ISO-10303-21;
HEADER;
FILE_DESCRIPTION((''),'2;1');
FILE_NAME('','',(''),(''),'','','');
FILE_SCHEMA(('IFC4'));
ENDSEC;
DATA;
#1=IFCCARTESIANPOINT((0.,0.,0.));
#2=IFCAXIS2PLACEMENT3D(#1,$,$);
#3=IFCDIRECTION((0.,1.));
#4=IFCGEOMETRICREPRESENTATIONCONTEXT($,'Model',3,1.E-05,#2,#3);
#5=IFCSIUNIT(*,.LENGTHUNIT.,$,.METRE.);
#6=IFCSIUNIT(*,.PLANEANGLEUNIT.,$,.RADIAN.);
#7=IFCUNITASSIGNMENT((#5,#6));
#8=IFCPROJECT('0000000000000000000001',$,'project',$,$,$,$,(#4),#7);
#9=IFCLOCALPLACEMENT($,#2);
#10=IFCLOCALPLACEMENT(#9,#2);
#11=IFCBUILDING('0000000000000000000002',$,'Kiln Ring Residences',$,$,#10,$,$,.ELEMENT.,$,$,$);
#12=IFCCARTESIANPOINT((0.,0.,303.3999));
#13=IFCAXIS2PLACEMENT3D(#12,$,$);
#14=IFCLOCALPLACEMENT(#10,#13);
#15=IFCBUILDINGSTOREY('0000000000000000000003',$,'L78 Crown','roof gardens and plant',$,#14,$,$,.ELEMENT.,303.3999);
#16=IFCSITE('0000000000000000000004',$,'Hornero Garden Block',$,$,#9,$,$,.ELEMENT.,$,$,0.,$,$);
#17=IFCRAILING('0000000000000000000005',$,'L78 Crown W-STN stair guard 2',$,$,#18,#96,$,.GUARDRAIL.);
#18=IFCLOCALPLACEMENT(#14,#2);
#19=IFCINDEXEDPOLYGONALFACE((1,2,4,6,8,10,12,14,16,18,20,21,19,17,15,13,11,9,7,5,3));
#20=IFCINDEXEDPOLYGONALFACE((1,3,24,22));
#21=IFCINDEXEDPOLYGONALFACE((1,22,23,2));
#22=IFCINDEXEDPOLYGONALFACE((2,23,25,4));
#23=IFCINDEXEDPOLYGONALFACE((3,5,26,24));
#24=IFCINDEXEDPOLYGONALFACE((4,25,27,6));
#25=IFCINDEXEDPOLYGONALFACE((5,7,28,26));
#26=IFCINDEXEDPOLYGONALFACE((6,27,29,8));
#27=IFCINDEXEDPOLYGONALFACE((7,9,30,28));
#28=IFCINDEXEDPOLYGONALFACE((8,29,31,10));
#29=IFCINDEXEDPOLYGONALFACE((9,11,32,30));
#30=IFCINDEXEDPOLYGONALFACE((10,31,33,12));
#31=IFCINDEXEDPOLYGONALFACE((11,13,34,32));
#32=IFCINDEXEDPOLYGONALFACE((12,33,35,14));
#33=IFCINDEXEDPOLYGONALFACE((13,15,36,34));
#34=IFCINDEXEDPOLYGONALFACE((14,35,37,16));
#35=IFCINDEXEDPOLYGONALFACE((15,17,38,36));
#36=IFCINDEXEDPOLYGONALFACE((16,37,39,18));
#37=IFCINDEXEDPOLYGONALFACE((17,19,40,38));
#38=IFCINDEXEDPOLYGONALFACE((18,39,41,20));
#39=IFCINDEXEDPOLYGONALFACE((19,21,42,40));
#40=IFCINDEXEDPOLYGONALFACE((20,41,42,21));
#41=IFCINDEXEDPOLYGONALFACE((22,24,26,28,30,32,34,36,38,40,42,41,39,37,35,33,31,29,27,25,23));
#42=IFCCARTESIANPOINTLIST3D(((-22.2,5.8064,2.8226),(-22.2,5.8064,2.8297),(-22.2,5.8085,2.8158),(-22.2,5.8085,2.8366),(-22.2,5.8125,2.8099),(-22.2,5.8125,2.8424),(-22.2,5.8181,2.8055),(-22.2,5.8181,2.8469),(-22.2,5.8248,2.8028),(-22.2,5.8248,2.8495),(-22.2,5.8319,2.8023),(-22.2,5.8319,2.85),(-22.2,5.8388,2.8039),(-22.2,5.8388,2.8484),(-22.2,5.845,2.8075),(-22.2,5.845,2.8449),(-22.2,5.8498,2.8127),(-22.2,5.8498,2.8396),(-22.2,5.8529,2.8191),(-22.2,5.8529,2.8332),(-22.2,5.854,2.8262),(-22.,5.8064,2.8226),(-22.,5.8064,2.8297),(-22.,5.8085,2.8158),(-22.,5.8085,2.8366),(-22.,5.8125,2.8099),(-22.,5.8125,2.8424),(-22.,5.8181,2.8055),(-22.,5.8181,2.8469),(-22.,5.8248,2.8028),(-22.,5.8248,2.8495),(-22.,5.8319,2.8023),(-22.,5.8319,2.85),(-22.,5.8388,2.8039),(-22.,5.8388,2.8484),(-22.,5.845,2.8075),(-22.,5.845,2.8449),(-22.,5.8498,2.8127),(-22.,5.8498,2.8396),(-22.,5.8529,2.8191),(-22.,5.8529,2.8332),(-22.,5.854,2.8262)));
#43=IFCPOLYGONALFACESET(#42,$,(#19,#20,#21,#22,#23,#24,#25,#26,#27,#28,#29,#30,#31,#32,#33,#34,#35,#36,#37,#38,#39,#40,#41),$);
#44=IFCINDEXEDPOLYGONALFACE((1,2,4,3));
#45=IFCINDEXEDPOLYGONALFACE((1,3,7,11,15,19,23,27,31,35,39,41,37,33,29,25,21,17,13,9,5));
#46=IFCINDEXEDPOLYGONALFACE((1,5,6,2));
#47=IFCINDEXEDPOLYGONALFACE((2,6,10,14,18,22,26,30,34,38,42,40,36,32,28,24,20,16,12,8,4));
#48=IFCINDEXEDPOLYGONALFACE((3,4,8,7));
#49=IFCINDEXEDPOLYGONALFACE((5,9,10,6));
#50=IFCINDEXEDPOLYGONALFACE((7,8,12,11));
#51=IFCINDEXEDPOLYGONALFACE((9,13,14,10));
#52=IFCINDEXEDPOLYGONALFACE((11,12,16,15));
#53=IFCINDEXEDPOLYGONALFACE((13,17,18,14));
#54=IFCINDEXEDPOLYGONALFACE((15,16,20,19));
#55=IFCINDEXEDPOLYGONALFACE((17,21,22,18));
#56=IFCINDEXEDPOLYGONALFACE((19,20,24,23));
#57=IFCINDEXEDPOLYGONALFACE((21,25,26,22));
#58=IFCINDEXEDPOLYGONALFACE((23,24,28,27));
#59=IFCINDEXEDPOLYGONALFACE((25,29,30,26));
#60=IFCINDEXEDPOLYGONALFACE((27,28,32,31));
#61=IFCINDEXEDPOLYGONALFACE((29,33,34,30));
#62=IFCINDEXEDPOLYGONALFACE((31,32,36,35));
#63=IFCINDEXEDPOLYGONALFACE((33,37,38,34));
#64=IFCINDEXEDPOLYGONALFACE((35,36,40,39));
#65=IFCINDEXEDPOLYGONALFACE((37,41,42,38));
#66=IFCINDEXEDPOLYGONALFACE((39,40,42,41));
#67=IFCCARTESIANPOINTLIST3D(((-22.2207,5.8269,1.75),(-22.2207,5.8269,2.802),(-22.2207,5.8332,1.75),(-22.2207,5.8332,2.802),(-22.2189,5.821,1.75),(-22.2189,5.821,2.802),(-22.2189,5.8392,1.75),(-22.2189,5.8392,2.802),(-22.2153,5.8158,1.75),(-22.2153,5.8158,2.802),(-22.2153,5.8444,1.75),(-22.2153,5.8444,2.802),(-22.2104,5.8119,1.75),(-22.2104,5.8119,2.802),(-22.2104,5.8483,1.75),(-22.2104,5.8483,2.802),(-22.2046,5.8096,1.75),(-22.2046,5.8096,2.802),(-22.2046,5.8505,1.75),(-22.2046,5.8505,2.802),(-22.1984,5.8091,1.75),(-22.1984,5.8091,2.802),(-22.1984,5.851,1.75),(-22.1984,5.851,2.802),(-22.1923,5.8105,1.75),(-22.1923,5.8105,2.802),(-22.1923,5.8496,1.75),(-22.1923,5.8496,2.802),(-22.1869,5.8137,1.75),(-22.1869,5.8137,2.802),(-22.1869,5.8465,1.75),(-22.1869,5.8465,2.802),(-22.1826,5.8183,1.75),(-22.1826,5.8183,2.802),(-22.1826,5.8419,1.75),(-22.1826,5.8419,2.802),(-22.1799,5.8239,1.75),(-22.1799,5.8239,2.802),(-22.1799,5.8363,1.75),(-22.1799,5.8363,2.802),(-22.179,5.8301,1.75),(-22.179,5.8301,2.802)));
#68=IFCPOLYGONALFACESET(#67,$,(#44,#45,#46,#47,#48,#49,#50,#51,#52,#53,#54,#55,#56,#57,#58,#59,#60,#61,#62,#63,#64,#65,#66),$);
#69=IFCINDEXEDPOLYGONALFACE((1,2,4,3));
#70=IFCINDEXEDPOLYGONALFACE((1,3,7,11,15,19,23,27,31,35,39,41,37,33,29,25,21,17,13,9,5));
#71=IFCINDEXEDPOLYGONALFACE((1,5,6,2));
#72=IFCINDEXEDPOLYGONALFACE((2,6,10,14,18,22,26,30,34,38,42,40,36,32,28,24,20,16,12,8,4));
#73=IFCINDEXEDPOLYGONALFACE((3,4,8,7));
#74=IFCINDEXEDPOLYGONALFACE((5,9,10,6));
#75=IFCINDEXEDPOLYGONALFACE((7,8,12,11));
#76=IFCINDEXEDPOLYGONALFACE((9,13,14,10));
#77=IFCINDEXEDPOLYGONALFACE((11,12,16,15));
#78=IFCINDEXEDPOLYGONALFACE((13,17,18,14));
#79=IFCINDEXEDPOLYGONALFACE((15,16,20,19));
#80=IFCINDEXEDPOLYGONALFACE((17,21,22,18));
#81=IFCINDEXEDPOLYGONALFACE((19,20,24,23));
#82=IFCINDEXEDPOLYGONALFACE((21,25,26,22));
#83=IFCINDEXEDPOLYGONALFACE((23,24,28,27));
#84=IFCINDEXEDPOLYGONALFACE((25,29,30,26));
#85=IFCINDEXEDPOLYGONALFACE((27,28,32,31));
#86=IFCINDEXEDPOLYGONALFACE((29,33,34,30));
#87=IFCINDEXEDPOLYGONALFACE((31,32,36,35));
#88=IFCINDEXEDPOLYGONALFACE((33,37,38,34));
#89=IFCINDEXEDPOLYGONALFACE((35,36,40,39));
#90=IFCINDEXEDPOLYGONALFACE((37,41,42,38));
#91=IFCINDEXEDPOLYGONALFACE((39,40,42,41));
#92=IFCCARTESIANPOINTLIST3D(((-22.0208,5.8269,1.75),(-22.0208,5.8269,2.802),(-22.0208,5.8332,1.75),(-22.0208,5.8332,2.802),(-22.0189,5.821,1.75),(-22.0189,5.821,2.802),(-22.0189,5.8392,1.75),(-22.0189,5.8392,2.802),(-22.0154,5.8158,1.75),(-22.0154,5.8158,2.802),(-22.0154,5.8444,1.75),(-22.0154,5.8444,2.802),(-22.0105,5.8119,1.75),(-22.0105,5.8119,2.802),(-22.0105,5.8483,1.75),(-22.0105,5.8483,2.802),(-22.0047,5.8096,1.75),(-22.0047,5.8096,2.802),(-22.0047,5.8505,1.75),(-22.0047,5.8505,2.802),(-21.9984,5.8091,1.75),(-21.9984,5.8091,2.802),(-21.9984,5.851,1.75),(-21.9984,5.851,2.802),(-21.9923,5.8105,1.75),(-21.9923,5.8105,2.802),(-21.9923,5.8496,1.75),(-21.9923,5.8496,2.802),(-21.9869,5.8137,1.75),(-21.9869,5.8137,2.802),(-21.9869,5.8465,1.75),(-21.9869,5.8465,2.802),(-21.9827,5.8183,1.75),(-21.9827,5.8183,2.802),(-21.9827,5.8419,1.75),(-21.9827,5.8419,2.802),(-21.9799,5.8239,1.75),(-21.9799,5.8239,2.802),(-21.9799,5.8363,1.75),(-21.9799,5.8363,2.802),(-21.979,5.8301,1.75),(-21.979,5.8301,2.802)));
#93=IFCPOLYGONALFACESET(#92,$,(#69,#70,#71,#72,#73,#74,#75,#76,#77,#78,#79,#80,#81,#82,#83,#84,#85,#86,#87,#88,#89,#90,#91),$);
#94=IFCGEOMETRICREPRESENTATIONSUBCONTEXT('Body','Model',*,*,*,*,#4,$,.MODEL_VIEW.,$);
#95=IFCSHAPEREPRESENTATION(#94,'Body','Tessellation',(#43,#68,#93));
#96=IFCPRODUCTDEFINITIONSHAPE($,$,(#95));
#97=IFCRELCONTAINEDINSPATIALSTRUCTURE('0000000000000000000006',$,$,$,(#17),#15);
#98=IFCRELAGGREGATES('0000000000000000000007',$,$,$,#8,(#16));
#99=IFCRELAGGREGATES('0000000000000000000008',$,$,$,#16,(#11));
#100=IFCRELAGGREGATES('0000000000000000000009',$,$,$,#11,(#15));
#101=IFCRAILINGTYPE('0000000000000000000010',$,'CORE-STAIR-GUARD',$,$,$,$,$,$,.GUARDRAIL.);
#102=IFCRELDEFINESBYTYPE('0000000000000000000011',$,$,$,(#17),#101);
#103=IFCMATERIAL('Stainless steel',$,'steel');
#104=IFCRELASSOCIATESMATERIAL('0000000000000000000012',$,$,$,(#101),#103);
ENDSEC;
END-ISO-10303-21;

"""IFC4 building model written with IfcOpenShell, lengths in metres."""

from ifc_helpers import new_model, si_unit, direction, frame, origin, origin_2d, place, context, subcontext, project, spatial, circle, extrude, material, type_object, element, save


model = new_model("IFC4")

# Units and contexts
model_context = context("Model", 3, precision=1e-05, world=origin(), true_north=direction((0.0, 1.0)))
body_context = subcontext(model_context, "Body", "Model", "MODEL_VIEW")
ifc_project = project(units=[si_unit("LENGTHUNIT", "METRE"), si_unit("PLANEANGLEUNIT", "RADIAN")], contexts=[model_context])

# Site, building, storey
site_placement = place(None, origin())
site = spatial("IfcSite", under=ifc_project, at=site_placement, Name="Hornero Garden Block", CompositionType="ELEMENT", RefElevation=0.0)
building_placement = place(site_placement, origin())
building = spatial("IfcBuilding", under=site, at=building_placement, Name="Kiln Ring Residences", CompositionType="ELEMENT")
storey_placement = place(building_placement, frame((0.0, 0.0, 303.3999)))
storey = spatial("IfcBuildingStorey", under=building, at=storey_placement, Name="L78 Crown", Description="roof gardens and plant", CompositionType="ELEMENT", Elevation=303.3999)

# Railing
ifc_material_1 = material(Name="Stainless steel", Category="steel")
railing_type_1 = type_object("IfcRailingType", Name="CORE-STAIR-GUARD", PredefinedType="GUARDRAIL", material=ifc_material_1)
railing_1_placement = place(storey_placement, frame((-22.2, 5.8301, 1.75)))
element("IfcRailing", 1, at=railing_1_placement, inside=storey, type_object=railing_type_1, Name="L78 Crown W-STN stair guard 2", PredefinedType="GUARDRAIL", context=body_context, shape_type="SweptSolid", body=[
    extrude(circle(Radius=0.0239, at=origin_2d()), frame((0.0, 0.0, 1.0762), z_axis=(1.0, 0.0, 0.0), x_axis=(0.0, 1.0, 0.0)), (0.0, 0.0, 1.0), 0.2),
    extrude(circle(Radius=0.021, at=origin_2d()), origin(), (0.0, 0.0, 1.0), 1.052),
    extrude(circle(Radius=0.021, at=origin_2d()), frame((0.2, 0.0, 0.0)), (0.0, 0.0, 1.0), 1.052),
])

save(model, "model.ifc")
